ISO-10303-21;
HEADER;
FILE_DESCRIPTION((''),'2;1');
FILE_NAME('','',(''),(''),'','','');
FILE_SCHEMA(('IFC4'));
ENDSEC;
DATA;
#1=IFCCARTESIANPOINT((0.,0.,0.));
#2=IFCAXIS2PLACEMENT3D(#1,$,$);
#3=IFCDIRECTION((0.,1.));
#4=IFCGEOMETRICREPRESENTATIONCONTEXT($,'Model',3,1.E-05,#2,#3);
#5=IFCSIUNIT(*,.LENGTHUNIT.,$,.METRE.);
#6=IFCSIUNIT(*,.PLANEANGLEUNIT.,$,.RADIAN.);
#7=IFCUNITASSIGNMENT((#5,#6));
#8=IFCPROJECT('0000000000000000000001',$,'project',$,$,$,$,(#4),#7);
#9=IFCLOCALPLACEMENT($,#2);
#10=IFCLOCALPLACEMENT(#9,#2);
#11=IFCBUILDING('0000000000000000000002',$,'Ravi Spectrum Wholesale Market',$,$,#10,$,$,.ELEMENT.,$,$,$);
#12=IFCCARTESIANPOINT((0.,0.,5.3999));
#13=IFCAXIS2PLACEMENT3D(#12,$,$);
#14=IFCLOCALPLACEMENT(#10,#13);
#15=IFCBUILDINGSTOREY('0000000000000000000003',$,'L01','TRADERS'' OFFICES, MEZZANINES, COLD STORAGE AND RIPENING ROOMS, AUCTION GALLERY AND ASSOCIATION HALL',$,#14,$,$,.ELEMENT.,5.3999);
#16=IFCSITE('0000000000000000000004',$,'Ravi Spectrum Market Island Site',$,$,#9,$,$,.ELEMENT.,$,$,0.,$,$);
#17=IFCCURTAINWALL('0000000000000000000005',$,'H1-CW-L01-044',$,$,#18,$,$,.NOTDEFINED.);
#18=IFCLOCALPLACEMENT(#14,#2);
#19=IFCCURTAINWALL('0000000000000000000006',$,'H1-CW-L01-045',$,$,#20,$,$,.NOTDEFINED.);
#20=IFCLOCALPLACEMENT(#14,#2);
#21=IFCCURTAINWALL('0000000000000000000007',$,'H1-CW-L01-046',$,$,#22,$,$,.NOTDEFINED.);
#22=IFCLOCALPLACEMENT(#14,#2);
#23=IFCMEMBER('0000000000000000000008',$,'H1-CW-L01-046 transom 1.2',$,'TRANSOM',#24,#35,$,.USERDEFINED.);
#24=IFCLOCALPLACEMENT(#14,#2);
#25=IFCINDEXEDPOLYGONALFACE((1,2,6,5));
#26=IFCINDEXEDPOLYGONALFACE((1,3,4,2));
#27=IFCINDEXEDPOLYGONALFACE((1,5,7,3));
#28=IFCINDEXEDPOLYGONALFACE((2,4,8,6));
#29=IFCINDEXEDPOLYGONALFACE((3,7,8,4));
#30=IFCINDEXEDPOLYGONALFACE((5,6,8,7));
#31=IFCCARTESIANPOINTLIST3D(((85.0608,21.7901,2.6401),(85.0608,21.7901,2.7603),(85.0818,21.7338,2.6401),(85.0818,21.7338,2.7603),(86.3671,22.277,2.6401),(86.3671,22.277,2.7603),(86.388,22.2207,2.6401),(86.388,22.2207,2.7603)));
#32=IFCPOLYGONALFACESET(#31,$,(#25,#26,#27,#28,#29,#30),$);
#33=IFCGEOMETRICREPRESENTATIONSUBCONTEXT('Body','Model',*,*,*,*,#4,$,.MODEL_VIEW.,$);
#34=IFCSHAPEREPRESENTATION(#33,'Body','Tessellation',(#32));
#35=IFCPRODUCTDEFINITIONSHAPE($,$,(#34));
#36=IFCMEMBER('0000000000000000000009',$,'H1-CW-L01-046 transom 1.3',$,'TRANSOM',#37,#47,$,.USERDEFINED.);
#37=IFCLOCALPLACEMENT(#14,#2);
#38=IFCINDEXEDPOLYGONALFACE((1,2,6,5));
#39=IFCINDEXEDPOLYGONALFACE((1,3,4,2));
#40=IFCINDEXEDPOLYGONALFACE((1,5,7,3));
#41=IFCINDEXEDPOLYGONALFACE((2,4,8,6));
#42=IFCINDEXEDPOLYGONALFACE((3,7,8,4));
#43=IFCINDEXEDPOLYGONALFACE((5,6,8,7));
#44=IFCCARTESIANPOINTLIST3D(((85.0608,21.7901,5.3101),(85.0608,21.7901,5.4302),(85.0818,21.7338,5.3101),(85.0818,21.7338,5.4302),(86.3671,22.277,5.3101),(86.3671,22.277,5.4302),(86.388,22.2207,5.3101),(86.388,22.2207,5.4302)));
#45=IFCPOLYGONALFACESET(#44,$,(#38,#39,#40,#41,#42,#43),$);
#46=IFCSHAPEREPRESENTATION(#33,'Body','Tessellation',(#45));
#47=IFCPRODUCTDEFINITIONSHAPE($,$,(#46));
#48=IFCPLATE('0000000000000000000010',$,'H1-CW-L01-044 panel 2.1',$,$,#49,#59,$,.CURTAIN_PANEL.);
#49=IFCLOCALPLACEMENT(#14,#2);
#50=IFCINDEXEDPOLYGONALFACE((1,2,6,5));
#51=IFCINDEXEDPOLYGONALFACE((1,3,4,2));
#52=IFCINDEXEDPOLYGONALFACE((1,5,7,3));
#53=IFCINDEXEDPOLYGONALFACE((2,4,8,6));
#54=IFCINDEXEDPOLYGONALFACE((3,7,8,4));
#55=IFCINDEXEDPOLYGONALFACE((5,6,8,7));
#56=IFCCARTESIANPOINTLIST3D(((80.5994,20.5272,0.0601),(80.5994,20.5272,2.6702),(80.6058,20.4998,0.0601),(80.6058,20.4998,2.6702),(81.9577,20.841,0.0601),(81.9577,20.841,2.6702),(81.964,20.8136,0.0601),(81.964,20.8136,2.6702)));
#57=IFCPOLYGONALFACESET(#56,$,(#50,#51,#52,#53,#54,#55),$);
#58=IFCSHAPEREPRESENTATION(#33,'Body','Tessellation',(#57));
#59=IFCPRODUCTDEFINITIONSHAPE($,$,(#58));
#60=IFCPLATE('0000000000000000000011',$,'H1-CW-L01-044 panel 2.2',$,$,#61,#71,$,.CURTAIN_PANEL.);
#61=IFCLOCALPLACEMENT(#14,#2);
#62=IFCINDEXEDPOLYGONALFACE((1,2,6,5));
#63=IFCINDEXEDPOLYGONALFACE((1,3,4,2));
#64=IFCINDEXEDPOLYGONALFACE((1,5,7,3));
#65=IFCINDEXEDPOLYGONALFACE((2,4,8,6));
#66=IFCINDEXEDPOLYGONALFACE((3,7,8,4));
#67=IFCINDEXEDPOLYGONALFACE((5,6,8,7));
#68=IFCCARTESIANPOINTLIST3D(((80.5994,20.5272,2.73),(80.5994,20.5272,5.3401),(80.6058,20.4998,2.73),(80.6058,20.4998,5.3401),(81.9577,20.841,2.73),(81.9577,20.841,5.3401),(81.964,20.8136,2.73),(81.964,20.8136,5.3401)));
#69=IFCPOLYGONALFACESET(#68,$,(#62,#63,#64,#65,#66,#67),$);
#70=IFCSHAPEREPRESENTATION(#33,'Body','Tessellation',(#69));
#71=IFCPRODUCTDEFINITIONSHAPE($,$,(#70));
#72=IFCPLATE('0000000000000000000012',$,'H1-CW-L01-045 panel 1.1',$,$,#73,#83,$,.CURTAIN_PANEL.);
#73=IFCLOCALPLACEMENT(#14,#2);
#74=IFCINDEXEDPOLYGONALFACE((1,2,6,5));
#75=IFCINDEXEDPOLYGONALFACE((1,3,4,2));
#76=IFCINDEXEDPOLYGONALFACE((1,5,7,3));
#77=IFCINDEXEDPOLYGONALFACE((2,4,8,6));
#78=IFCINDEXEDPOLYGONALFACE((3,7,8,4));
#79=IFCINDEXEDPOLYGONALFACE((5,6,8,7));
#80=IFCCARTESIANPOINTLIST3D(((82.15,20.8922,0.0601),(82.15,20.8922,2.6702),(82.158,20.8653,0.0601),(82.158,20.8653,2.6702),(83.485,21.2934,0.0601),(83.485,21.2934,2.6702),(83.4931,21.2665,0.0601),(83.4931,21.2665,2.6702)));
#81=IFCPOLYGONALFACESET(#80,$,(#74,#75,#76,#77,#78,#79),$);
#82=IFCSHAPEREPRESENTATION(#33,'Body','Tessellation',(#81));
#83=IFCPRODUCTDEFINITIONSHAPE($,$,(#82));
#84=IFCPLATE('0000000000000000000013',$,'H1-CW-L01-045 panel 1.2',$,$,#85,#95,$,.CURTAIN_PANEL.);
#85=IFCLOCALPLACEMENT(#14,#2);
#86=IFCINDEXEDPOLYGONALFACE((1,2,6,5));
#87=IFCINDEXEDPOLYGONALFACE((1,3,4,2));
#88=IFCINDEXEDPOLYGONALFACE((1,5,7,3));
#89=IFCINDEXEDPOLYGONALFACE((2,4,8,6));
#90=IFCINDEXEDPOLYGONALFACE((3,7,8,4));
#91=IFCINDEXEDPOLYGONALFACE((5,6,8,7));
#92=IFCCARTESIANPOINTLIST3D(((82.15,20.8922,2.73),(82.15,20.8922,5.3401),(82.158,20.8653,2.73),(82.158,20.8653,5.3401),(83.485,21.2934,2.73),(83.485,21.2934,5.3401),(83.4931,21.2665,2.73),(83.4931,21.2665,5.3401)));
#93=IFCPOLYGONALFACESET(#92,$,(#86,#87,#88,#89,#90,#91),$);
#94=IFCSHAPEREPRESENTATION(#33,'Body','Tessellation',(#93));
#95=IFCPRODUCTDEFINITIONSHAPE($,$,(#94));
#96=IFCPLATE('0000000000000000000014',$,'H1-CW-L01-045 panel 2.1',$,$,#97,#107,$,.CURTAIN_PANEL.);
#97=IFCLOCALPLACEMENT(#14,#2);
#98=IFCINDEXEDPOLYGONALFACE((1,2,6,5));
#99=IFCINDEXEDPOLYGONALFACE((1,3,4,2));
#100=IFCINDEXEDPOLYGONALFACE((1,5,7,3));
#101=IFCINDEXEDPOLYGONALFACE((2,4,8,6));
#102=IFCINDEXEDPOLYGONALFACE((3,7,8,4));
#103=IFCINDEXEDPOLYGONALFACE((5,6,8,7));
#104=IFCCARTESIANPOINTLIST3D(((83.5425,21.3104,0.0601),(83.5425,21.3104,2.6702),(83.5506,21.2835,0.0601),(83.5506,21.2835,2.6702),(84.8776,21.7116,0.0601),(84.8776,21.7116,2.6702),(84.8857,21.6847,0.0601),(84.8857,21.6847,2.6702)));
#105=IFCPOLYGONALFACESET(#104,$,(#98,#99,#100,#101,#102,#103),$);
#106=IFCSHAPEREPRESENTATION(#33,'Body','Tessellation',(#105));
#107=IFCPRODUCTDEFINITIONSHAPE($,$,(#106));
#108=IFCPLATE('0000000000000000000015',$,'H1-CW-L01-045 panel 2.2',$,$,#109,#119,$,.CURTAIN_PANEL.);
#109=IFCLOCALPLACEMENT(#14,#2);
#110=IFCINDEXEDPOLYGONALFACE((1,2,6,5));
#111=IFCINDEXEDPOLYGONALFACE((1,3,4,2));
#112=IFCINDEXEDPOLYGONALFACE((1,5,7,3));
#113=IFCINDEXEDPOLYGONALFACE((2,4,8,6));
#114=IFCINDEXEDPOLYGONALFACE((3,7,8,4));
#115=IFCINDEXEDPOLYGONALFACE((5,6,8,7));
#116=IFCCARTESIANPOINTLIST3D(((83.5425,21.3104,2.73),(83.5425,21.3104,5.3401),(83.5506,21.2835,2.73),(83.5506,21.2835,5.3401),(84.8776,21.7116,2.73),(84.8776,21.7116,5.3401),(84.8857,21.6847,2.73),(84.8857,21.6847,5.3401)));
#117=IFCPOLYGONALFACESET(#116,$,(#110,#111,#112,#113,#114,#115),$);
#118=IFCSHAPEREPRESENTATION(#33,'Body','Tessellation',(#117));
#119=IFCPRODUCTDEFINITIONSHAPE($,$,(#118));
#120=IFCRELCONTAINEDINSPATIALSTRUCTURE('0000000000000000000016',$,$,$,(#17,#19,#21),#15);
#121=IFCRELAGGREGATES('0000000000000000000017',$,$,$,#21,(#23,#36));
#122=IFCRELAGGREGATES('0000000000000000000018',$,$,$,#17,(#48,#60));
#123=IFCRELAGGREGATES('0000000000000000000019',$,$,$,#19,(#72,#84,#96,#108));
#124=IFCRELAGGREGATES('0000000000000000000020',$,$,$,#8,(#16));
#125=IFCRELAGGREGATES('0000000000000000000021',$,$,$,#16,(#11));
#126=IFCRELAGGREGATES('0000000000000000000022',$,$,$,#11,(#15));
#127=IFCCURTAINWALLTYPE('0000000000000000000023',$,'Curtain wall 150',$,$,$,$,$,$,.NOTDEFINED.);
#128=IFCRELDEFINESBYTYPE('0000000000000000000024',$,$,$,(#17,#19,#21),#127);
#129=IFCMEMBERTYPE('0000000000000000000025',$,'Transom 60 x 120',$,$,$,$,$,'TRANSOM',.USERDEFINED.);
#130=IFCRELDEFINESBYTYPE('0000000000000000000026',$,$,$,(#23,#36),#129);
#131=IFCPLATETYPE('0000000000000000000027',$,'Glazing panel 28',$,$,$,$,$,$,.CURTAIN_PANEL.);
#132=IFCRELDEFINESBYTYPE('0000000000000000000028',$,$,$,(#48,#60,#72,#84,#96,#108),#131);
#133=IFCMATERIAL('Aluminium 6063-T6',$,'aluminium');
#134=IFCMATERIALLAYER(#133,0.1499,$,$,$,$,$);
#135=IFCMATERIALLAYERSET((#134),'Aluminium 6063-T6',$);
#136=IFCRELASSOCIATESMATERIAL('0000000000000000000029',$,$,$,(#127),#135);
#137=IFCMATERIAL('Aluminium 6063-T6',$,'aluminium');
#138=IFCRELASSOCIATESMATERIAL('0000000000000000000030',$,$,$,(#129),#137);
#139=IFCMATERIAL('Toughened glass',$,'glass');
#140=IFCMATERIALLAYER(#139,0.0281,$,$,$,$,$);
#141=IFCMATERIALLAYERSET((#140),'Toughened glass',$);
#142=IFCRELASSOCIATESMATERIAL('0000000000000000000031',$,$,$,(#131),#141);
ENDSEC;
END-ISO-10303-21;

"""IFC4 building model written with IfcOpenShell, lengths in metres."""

from ifc_helpers import new_model, si_unit, direction, frame, origin, origin_2d, place, context, subcontext, project, spatial, rectangle, extrude, material, layer, layer_set, material_profile, profile_set, type_object, element, aggregate, save


model = new_model("IFC4")

# Units and contexts
model_context = context("Model", 3, precision=1e-05, world=origin(), true_north=direction((0.0, 1.0)))
body_context = subcontext(model_context, "Body", "Model", "MODEL_VIEW")
ifc_project = project(units=[si_unit("LENGTHUNIT", "METRE"), si_unit("PLANEANGLEUNIT", "RADIAN")], contexts=[model_context])

# Site, building, storey
site_placement = place(None, origin())
site = spatial("IfcSite", under=ifc_project, at=site_placement, Name="Ravi Spectrum Market Island Site", CompositionType="ELEMENT", RefElevation=0.0)
building_placement = place(site_placement, origin())
building = spatial("IfcBuilding", under=site, at=building_placement, Name="Ravi Spectrum Wholesale Market", CompositionType="ELEMENT")
storey_placement = place(building_placement, frame((0.0, 0.0, 5.3999)))
storey = spatial("IfcBuildingStorey", under=building, at=storey_placement, Name="L01", Description="TRADERS' OFFICES, MEZZANINES, COLD STORAGE AND RIPENING ROOMS, AUCTION GALLERY AND ASSOCIATION HALL", CompositionType="ELEMENT", Elevation=5.3999)

# Curtain wall
ifc_material_1 = material(Name="Aluminium 6063-T6", Category="aluminium")
ifc_layer_1 = layer(ifc_material_1, 0.1499)
ifc_layer_set_1 = layer_set([ifc_layer_1], Name="Aluminium 6063-T6")
curtain_wall_type = type_object("IfcCurtainWallType", Name="Curtain wall 150", PredefinedType="NOTDEFINED", material=ifc_layer_set_1)
curtain_wall_1_placement = place(storey_placement, origin())
curtain_wall_1 = element("IfcCurtainWall", 1, at=curtain_wall_1_placement, inside=storey, type_object=curtain_wall_type, Name="H1-CW-L01-044", PredefinedType="NOTDEFINED")

# Curtain wall
curtain_wall_2_placement = place(storey_placement, origin())
curtain_wall_2 = element("IfcCurtainWall", 2, at=curtain_wall_2_placement, inside=storey, type_object=curtain_wall_type, Name="H1-CW-L01-045", PredefinedType="NOTDEFINED")

# Curtain wall
curtain_wall_3_placement = place(storey_placement, origin())
curtain_wall_3 = element("IfcCurtainWall", 3, at=curtain_wall_3_placement, inside=storey, type_object=curtain_wall_type, Name="H1-CW-L01-046", PredefinedType="NOTDEFINED")

# Members
ifc_material_2 = material(Name="Aluminium 6063-T6", Category="aluminium")
ifc_material_profile_1 = material_profile(ifc_material_2, rectangle(XDim=0.0601, YDim=0.1201, at=origin_2d()))
ifc_profile_set_1 = profile_set([ifc_material_profile_1], Name="Aluminium 6063-T6")
member_type_1 = type_object("IfcMemberType", Name="Transom 60 x 120", ElementType="TRANSOM", PredefinedType="USERDEFINED", material=ifc_profile_set_1)
member_1_placement = place(storey_placement, frame((85.0713, 21.762, 2.7002), z_axis=(0.937033, 0.349242, 0.0), x_axis=(-0.349242, 0.937033, 0.0)))
member_1 = element("IfcMember", 4, at=member_1_placement, type_object=member_type_1, Name="H1-CW-L01-046 transom 1.2", ObjectType="TRANSOM", PredefinedType="USERDEFINED", context=body_context, shape_type="SweptSolid", body=[
    extrude(rectangle(XDim=0.0601, YDim=0.1201, at=origin_2d()), origin(), (0.0, 0.0, 1.0), 1.394),
])
member_2_placement = place(storey_placement, frame((85.0713, 21.762, 5.3701), z_axis=(0.937033, 0.349242, 0.0), x_axis=(-0.349242, 0.937033, 0.0)))
member_2 = element("IfcMember", 5, at=member_2_placement, type_object=member_type_1, Name="H1-CW-L01-046 transom 1.3", ObjectType="TRANSOM", PredefinedType="USERDEFINED", context=body_context, shape_type="SweptSolid", body=[
    extrude(rectangle(XDim=0.0601, YDim=0.1201, at=origin_2d()), origin(), (0.0, 0.0, 1.0), 1.394),
])
aggregate(curtain_wall_3, [member_1, member_2])

# Plates
ifc_material_3 = material(Name="Toughened glass", Category="glass")
ifc_layer_2 = layer(ifc_material_3, 0.0281)
ifc_layer_set_2 = layer_set([ifc_layer_2], Name="Toughened glass")
plate_type = type_object("IfcPlateType", Name="Glazing panel 28", PredefinedType="CURTAIN_PANEL", material=ifc_layer_set_2)
plate_1_placement = place(storey_placement, frame((81.2817, 20.6704, 0.0601), z_axis=(0.0, 0.0, 1.0), x_axis=(0.97434, 0.225083, 0.0)))
plate_1 = element("IfcPlate", 6, at=plate_1_placement, type_object=plate_type, Name="H1-CW-L01-044 panel 2.1", PredefinedType="CURTAIN_PANEL", context=body_context, shape_type="SweptSolid", body=[
    extrude(rectangle(XDim=1.394, YDim=0.0281, at=origin_2d()), origin(), (0.0, 0.0, 1.0), 2.6101),
])
plate_2_placement = place(storey_placement, frame((81.2817, 20.6704, 2.73), z_axis=(0.0, 0.0, 1.0), x_axis=(0.97434, 0.225083, 0.0)))
plate_2 = element("IfcPlate", 7, at=plate_2_placement, type_object=plate_type, Name="H1-CW-L01-044 panel 2.2", PredefinedType="CURTAIN_PANEL", context=body_context, shape_type="SweptSolid", body=[
    extrude(rectangle(XDim=1.394, YDim=0.0281, at=origin_2d()), origin(), (0.0, 0.0, 1.0), 2.6101),
])
aggregate(curtain_wall_1, [plate_1, plate_2])
plate_3_placement = place(storey_placement, frame((82.8215, 21.0793, 0.0601), z_axis=(0.0, 0.0, 1.0), x_axis=(0.957701, 0.287766, 0.0)))
plate_3 = element("IfcPlate", 8, at=plate_3_placement, type_object=plate_type, Name="H1-CW-L01-045 panel 1.1", PredefinedType="CURTAIN_PANEL", context=body_context, shape_type="SweptSolid", body=[
    extrude(rectangle(XDim=1.394, YDim=0.0281, at=origin_2d()), origin(), (0.0, 0.0, 1.0), 2.6101),
])
plate_4_placement = place(storey_placement, frame((82.8215, 21.0793, 2.73), z_axis=(0.0, 0.0, 1.0), x_axis=(0.957701, 0.287766, 0.0)))
plate_4 = element("IfcPlate", 9, at=plate_4_placement, type_object=plate_type, Name="H1-CW-L01-045 panel 1.2", PredefinedType="CURTAIN_PANEL", context=body_context, shape_type="SweptSolid", body=[
    extrude(rectangle(XDim=1.394, YDim=0.0281, at=origin_2d()), origin(), (0.0, 0.0, 1.0), 2.6101),
])
plate_5_placement = place(storey_placement, frame((84.2141, 21.4976, 0.0601), z_axis=(0.0, 0.0, 1.0), x_axis=(0.957701, 0.287766, 0.0)))
plate_5 = element("IfcPlate", 10, at=plate_5_placement, type_object=plate_type, Name="H1-CW-L01-045 panel 2.1", PredefinedType="CURTAIN_PANEL", context=body_context, shape_type="SweptSolid", body=[
    extrude(rectangle(XDim=1.394, YDim=0.0281, at=origin_2d()), origin(), (0.0, 0.0, 1.0), 2.6101),
])
plate_6_placement = place(storey_placement, frame((84.2141, 21.4976, 2.73), z_axis=(0.0, 0.0, 1.0), x_axis=(0.957701, 0.287766, 0.0)))
plate_6 = element("IfcPlate", 11, at=plate_6_placement, type_object=plate_type, Name="H1-CW-L01-045 panel 2.2", PredefinedType="CURTAIN_PANEL", context=body_context, shape_type="SweptSolid", body=[
    extrude(rectangle(XDim=1.394, YDim=0.0281, at=origin_2d()), origin(), (0.0, 0.0, 1.0), 2.6101),
])
aggregate(curtain_wall_2, [plate_3, plate_4, plate_5, plate_6])

save(model, "model.ifc")
